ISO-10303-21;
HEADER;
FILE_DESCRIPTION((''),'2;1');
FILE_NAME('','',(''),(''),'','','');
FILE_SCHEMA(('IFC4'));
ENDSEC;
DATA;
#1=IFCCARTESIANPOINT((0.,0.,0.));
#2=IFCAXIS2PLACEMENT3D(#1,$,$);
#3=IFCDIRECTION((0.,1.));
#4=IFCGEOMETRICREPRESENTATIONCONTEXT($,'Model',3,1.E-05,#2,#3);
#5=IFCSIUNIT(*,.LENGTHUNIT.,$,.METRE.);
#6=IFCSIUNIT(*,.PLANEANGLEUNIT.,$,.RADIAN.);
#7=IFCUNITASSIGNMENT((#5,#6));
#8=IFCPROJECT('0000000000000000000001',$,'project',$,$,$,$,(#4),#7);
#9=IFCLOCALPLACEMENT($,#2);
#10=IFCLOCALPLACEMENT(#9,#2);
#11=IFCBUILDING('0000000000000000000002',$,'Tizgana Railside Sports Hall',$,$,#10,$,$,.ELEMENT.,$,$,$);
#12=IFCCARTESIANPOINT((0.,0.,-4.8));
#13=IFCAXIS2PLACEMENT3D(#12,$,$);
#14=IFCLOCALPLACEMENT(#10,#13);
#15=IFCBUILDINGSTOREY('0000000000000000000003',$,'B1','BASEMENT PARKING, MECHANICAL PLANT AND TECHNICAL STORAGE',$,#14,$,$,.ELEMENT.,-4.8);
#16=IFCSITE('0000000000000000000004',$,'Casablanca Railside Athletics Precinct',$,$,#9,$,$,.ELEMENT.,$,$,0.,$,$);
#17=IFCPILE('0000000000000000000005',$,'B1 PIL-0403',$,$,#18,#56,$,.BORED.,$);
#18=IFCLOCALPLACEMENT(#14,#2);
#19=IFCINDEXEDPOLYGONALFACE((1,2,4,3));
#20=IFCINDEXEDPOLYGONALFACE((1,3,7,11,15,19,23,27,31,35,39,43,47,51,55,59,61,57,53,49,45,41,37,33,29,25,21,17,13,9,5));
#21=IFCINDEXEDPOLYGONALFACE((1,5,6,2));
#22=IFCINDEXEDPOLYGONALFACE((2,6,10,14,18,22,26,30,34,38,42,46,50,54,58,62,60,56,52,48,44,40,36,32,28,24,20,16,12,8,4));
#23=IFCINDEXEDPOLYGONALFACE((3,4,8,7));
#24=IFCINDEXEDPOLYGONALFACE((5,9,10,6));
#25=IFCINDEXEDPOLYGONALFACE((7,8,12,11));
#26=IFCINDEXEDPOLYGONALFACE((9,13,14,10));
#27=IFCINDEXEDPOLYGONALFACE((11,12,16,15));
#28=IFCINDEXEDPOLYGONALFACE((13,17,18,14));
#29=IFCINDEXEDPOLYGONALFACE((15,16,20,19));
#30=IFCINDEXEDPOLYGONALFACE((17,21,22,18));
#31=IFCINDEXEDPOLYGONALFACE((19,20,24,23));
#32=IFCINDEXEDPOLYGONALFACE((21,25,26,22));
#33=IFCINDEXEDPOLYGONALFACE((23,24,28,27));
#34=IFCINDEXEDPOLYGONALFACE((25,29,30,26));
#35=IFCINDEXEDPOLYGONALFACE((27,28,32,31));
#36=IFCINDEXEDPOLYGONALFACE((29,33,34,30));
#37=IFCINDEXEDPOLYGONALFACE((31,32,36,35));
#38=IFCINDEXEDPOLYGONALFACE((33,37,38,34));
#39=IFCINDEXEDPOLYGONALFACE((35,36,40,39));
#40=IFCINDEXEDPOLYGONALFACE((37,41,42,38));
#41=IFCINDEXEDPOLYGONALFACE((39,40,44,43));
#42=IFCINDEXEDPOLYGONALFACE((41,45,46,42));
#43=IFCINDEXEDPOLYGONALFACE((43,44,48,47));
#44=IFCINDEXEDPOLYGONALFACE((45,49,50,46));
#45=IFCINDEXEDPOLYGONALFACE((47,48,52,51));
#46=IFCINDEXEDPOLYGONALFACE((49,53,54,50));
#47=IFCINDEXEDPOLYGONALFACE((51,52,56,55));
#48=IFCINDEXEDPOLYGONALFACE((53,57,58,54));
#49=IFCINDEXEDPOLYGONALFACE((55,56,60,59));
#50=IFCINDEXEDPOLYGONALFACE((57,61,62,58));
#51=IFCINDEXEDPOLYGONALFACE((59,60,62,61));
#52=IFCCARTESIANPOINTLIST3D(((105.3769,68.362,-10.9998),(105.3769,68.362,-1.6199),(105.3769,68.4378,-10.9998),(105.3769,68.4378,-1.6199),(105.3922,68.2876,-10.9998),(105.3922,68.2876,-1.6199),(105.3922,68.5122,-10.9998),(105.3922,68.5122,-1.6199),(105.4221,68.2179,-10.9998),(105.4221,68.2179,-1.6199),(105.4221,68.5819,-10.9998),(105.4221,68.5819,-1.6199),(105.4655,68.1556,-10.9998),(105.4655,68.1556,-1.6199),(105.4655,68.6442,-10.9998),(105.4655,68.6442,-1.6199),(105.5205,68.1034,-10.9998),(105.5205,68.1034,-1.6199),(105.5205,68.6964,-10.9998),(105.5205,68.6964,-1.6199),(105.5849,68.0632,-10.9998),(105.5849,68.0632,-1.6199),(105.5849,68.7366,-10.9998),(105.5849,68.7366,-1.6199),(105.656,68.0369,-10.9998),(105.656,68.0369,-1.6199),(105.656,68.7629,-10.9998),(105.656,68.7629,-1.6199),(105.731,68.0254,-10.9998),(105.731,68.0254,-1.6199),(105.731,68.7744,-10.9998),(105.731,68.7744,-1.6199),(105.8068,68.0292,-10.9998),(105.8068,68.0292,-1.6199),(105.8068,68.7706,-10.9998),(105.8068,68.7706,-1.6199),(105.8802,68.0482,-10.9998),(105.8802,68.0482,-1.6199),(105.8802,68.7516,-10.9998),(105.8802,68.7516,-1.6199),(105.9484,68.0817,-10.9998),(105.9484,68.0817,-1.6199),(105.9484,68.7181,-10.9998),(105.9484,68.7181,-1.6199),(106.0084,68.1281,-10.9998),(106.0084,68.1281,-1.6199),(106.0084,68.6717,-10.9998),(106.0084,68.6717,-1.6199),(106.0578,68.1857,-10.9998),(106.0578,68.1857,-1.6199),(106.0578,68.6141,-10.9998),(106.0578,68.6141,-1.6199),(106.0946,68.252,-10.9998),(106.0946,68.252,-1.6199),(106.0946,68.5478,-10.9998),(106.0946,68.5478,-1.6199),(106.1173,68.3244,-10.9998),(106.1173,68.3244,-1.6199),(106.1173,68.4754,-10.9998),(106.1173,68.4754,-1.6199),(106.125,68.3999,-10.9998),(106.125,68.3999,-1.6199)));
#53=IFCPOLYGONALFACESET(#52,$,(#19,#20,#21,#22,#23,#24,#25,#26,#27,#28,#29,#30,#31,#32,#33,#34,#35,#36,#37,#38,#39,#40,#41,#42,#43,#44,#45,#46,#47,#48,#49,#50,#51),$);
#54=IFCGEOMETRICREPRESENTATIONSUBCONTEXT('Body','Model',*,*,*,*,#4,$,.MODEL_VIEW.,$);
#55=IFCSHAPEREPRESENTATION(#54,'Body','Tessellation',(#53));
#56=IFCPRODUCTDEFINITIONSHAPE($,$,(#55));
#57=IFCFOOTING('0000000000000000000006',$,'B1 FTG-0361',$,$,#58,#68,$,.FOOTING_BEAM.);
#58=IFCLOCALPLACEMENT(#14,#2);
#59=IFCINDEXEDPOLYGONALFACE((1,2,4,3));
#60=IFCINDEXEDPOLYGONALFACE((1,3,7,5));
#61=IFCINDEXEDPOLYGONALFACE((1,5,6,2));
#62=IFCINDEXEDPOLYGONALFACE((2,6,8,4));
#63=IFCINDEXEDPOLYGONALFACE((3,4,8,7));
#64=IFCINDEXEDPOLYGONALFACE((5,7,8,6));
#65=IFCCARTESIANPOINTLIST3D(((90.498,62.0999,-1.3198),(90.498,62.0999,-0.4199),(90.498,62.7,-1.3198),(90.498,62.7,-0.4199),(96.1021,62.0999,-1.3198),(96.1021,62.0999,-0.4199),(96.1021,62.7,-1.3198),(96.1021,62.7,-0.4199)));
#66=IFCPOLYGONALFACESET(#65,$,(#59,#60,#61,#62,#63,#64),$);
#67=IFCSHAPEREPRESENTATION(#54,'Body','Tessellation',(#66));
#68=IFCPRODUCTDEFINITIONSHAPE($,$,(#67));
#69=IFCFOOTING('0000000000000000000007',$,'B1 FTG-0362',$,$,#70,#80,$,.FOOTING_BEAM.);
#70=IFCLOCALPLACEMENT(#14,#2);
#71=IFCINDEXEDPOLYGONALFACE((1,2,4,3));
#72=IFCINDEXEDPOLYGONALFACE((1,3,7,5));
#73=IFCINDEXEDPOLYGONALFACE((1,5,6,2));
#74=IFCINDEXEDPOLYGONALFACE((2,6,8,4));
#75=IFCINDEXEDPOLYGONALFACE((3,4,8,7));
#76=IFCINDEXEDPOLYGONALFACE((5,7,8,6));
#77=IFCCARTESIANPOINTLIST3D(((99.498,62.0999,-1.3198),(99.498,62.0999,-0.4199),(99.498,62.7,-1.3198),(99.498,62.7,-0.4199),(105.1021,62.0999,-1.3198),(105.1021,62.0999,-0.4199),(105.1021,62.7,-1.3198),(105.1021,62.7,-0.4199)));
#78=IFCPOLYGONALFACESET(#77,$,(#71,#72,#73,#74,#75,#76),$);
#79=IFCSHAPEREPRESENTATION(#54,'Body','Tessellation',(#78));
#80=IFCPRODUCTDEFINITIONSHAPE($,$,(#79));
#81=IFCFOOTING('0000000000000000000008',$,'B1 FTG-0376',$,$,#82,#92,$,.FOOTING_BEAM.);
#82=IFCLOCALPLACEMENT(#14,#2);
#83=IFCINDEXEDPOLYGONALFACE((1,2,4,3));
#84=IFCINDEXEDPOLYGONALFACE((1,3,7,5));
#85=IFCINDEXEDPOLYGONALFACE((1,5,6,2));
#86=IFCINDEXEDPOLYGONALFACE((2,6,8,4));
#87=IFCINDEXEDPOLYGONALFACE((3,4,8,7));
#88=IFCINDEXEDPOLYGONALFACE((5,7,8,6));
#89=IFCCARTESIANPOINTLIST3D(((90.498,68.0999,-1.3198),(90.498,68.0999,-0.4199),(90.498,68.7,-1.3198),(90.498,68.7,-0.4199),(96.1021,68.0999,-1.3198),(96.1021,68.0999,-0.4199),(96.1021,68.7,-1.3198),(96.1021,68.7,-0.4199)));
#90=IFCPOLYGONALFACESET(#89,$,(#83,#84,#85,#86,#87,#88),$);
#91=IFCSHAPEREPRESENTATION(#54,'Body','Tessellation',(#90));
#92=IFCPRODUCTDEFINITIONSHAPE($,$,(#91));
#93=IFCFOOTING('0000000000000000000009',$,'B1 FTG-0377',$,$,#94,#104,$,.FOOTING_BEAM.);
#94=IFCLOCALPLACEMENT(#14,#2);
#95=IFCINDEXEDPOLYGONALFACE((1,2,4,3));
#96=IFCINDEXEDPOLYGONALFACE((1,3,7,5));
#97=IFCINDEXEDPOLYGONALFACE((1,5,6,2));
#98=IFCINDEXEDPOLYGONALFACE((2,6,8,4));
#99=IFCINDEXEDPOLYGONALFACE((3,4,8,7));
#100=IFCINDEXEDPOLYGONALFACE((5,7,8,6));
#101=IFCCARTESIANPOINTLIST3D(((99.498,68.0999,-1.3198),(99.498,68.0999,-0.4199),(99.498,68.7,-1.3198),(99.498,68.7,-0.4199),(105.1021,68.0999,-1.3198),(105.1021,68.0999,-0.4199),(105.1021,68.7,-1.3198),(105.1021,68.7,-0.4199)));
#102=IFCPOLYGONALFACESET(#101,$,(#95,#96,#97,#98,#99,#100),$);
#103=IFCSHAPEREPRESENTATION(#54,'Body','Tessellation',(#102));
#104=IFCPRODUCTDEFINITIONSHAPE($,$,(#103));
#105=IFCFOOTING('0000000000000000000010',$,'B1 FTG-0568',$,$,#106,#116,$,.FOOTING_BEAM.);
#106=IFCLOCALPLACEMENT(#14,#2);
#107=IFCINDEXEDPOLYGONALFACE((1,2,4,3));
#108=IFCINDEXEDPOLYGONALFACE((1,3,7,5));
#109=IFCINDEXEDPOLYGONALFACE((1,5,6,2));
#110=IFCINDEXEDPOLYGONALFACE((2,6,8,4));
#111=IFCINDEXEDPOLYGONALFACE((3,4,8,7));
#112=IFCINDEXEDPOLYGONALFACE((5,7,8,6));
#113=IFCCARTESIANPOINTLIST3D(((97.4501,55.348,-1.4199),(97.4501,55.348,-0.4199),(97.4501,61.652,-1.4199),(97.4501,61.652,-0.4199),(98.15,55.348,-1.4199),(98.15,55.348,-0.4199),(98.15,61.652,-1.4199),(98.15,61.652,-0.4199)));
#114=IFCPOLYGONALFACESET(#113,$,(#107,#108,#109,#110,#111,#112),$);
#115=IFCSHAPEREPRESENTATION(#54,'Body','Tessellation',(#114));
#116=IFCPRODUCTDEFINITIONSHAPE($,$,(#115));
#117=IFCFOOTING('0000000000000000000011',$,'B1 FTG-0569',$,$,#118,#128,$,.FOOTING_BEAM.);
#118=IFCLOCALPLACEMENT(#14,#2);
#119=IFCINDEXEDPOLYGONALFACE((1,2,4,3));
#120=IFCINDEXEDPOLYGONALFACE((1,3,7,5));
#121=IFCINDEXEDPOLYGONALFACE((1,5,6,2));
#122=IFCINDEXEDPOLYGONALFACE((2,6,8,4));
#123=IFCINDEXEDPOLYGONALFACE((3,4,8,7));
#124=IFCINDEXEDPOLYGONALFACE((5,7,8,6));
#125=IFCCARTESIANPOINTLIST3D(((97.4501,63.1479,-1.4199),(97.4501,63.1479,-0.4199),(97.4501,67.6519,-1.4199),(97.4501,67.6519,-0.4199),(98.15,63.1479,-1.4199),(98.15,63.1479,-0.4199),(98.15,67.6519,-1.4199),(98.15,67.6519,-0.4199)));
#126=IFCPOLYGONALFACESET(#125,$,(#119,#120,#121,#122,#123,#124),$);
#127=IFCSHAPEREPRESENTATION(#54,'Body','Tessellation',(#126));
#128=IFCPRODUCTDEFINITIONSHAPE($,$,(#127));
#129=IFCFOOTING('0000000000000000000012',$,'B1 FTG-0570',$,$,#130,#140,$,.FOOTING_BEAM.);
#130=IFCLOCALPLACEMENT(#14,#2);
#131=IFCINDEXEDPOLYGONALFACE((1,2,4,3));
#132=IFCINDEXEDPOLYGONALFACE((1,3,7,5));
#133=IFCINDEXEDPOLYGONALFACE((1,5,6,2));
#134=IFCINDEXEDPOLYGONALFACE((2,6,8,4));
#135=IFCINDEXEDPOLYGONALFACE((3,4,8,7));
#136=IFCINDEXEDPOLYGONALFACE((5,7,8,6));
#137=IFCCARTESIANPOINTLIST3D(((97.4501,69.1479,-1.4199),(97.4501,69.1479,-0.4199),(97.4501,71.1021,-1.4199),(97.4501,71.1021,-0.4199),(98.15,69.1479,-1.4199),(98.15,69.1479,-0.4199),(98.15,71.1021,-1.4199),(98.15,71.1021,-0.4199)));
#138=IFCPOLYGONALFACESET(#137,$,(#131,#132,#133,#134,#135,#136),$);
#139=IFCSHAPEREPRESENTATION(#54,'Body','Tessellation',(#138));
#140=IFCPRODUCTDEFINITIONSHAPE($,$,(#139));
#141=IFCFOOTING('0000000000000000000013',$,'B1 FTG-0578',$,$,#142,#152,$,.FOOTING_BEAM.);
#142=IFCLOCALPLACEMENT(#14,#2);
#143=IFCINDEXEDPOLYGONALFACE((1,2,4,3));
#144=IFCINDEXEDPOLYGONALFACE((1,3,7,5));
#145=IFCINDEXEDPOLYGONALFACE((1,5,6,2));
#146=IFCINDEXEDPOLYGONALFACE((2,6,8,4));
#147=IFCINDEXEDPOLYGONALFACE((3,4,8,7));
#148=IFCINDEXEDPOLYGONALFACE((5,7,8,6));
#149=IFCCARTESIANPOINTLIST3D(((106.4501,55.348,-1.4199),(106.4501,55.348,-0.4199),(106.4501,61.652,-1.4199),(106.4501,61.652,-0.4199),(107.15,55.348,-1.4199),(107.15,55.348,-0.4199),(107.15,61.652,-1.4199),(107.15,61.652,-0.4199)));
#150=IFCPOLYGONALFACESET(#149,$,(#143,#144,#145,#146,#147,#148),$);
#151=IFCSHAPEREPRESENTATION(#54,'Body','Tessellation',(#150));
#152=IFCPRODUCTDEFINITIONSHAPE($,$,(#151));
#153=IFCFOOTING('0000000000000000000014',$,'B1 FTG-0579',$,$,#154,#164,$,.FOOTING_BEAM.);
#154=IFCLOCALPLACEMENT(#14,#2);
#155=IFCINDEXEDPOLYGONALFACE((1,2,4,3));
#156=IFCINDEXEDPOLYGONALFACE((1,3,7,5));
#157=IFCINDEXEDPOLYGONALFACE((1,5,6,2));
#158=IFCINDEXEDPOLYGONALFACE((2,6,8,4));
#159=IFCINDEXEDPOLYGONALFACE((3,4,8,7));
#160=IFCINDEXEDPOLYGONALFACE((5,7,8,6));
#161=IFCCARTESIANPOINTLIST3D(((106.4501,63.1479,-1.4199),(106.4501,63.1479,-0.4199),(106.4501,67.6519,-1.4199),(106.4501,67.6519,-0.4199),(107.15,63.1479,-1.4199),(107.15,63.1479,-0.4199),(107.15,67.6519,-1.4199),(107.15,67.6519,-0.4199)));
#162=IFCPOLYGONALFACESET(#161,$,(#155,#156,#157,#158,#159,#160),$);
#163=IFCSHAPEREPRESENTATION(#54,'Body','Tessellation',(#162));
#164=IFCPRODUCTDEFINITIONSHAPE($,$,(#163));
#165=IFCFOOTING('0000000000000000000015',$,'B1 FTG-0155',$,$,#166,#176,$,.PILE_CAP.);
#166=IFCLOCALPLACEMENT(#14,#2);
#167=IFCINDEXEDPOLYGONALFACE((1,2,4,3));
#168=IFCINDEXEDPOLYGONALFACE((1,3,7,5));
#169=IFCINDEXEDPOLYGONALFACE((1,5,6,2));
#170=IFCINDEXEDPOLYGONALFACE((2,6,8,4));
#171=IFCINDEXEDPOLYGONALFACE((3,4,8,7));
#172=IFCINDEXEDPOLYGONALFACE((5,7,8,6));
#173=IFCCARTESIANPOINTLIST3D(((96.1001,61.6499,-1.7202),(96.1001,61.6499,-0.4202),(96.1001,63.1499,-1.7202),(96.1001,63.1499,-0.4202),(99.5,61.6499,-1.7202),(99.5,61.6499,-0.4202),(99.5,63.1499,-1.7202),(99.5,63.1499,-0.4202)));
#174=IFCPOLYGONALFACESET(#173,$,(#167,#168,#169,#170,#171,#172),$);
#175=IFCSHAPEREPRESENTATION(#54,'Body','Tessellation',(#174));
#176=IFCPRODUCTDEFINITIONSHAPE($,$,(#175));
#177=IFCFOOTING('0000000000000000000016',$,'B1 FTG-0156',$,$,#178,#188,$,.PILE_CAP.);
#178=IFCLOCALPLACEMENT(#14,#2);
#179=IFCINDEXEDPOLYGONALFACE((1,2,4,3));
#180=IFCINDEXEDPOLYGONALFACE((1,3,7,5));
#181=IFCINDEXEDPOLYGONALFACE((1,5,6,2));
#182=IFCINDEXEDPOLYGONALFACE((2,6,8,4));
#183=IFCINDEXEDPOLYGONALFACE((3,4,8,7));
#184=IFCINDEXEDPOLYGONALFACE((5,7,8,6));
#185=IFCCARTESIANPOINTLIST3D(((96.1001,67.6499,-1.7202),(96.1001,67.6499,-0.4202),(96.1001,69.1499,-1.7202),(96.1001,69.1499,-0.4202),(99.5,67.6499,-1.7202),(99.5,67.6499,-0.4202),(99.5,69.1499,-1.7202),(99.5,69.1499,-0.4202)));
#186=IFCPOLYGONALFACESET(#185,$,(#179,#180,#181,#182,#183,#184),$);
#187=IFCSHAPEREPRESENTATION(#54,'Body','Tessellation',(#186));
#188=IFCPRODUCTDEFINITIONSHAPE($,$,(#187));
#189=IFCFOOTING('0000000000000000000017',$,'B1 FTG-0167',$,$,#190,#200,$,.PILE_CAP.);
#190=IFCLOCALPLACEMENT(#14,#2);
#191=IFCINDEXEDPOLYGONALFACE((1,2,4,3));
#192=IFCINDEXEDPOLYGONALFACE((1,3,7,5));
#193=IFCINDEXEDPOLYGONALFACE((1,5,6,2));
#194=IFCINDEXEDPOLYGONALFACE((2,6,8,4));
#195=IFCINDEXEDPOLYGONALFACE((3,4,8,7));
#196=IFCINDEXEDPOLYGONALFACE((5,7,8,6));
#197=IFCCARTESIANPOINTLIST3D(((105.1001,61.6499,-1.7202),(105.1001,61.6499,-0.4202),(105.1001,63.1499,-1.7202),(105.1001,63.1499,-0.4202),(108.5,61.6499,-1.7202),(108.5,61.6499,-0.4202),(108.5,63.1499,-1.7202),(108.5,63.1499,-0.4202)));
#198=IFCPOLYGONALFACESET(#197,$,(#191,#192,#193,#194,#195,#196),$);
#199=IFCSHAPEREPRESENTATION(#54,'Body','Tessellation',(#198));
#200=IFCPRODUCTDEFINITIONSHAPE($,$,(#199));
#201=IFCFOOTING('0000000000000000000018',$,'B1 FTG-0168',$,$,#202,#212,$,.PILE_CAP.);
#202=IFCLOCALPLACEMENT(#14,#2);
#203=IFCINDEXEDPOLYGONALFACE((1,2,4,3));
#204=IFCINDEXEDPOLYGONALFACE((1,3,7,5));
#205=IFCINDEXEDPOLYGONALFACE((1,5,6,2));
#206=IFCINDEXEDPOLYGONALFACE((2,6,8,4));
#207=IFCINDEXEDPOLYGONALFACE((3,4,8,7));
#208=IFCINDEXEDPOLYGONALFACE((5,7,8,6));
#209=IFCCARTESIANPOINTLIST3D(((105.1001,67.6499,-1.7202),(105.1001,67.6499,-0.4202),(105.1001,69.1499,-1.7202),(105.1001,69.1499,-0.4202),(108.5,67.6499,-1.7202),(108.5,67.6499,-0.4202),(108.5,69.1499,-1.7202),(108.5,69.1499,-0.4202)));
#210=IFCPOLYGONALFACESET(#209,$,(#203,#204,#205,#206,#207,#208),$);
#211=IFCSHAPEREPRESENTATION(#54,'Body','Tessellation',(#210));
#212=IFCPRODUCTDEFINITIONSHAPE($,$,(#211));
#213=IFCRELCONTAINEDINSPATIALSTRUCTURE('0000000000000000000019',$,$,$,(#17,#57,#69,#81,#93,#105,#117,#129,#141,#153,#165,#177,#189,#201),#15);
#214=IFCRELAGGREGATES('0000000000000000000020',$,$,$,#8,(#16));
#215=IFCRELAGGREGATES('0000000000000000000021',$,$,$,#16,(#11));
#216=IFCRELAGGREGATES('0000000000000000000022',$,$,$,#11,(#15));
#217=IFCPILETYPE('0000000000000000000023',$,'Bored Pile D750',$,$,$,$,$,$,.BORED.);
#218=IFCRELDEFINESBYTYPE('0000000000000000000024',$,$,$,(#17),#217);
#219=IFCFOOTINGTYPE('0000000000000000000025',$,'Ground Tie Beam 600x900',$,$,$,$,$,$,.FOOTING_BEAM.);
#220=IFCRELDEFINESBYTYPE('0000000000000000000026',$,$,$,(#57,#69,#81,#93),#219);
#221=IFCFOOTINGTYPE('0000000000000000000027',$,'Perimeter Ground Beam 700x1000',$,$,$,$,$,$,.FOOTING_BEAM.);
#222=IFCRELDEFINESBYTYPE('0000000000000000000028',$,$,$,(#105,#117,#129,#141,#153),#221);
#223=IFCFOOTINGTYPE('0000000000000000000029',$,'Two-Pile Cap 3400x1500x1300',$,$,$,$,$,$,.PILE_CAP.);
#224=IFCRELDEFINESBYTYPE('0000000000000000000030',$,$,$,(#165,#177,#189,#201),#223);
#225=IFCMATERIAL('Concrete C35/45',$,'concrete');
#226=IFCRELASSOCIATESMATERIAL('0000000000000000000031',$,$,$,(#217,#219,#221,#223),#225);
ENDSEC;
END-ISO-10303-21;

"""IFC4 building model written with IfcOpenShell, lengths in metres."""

from ifc_helpers import new_model, si_unit, direction, frame, origin, origin_2d, place, context, subcontext, project, spatial, rectangle, circle, extrude, material, material_profile, profile_set, type_object, element, save


model = new_model("IFC4")

# Units and contexts
model_context = context("Model", 3, precision=1e-05, world=origin(), true_north=direction((0.0, 1.0)))
body_context = subcontext(model_context, "Body", "Model", "MODEL_VIEW")
ifc_project = project(units=[si_unit("LENGTHUNIT", "METRE"), si_unit("PLANEANGLEUNIT", "RADIAN")], contexts=[model_context])

# Site, building, storey
site_placement = place(None, origin())
site = spatial("IfcSite", under=ifc_project, at=site_placement, Name="Casablanca Railside Athletics Precinct", CompositionType="ELEMENT", RefElevation=0.0)
building_placement = place(site_placement, origin())
building = spatial("IfcBuilding", under=site, at=building_placement, Name="Tizgana Railside Sports Hall", CompositionType="ELEMENT")
storey_placement = place(building_placement, frame((0.0, 0.0, -4.8)))
storey = spatial("IfcBuildingStorey", under=building, at=storey_placement, Name="B1", Description="BASEMENT PARKING, MECHANICAL PLANT AND TECHNICAL STORAGE", CompositionType="ELEMENT", Elevation=-4.8)

# Pile
ifc_material_1 = material(Name="Concrete C35/45", Category="concrete")
ifc_material_profile_1 = material_profile(ifc_material_1, circle(Radius=0.375, at=origin_2d()), Name="PILE D750")
ifc_profile_set_1 = profile_set([ifc_material_profile_1], Name="Concrete C35/45")
pile_type = type_object("IfcPileType", Name="Bored Pile D750", PredefinedType="BORED", material=ifc_profile_set_1)
for number, where, z_axis, x_axis, name in (
    (1, (105.75, 68.3999, -1.6199), (0.0, 0.0, -1.0), (1.0, 0.0, 0.0), "B1 PIL-0403"),
):
    element("IfcPile", number, at=place(storey_placement, frame(where, z_axis=z_axis, x_axis=x_axis)), inside=storey, type_object=pile_type, Name=name, PredefinedType="BORED", context=body_context, shape_type="SweptSolid", body=[
        extrude(circle(Radius=0.375, at=origin_2d()), origin(), (0.0, 0.0, 1.0), 9.3799),
    ])

# Footings
footing_type_1 = type_object("IfcFootingType", Name="Ground Tie Beam 600x900", PredefinedType="FOOTING_BEAM", material=ifc_material_1)
for number, where, z_axis, x_axis, name in (
    (2, (93.3, 62.3999, -1.3198), (0.0, 0.0, 1.0), (1.0, 0.0, 0.0), "B1 FTG-0361"),
    (3, (102.3, 62.3999, -1.3198), (0.0, 0.0, 1.0), (1.0, 0.0, 0.0), "B1 FTG-0362"),
    (4, (93.3, 68.3999, -1.3198), (0.0, 0.0, 1.0), (1.0, 0.0, 0.0), "B1 FTG-0376"),
    (5, (102.3, 68.3999, -1.3198), (0.0, 0.0, 1.0), (1.0, 0.0, 0.0), "B1 FTG-0377"),
):
    element("IfcFooting", number, at=place(storey_placement, frame(where, z_axis=z_axis, x_axis=x_axis)), inside=storey, type_object=footing_type_1, Name=name, PredefinedType="FOOTING_BEAM", context=body_context, shape_type="SweptSolid", body=[
        extrude(rectangle(XDim=5.604, YDim=0.6001, at=origin_2d()), origin(), (0.0, 0.0, 1.0), 0.8999),
    ])
footing_type_2 = type_object("IfcFootingType", Name="Perimeter Ground Beam 700x1000", PredefinedType="FOOTING_BEAM", material=ifc_material_1)
footing_1_placement = place(storey_placement, frame((97.8, 58.5, -1.4199), z_axis=(0.0, 0.0, 1.0), x_axis=(0.0, 1.0, 0.0)))
element("IfcFooting", 6, at=footing_1_placement, inside=storey, type_object=footing_type_2, Name="B1 FTG-0568", PredefinedType="FOOTING_BEAM", context=body_context, shape_type="SweptSolid", body=[
    extrude(rectangle(XDim=6.304, YDim=0.7, at=origin_2d()), origin(), (0.0, 0.0, 1.0), 1.0),
])
footing_2_placement = place(storey_placement, frame((97.8, 65.3999, -1.4199), z_axis=(0.0, 0.0, 1.0), x_axis=(0.0, 1.0, 0.0)))
element("IfcFooting", 7, at=footing_2_placement, inside=storey, type_object=footing_type_2, Name="B1 FTG-0569", PredefinedType="FOOTING_BEAM", context=body_context, shape_type="SweptSolid", body=[
    extrude(rectangle(XDim=4.5039, YDim=0.7, at=origin_2d()), origin(), (0.0, 0.0, 1.0), 1.0),
])
footing_3_placement = place(storey_placement, frame((97.8, 70.125, -1.4199), z_axis=(0.0, 0.0, 1.0), x_axis=(0.0, 1.0, 0.0)))
element("IfcFooting", 8, at=footing_3_placement, inside=storey, type_object=footing_type_2, Name="B1 FTG-0570", PredefinedType="FOOTING_BEAM", context=body_context, shape_type="SweptSolid", body=[
    extrude(rectangle(XDim=1.9541, YDim=0.7, at=origin_2d()), origin(), (0.0, 0.0, 1.0), 1.0),
])
footing_4_placement = place(storey_placement, frame((106.8, 58.5, -1.4199), z_axis=(0.0, 0.0, 1.0), x_axis=(0.0, 1.0, 0.0)))
element("IfcFooting", 9, at=footing_4_placement, inside=storey, type_object=footing_type_2, Name="B1 FTG-0578", PredefinedType="FOOTING_BEAM", context=body_context, shape_type="SweptSolid", body=[
    extrude(rectangle(XDim=6.304, YDim=0.7, at=origin_2d()), origin(), (0.0, 0.0, 1.0), 1.0),
])
footing_5_placement = place(storey_placement, frame((106.8, 65.3999, -1.4199), z_axis=(0.0, 0.0, 1.0), x_axis=(0.0, 1.0, 0.0)))
element("IfcFooting", 10, at=footing_5_placement, inside=storey, type_object=footing_type_2, Name="B1 FTG-0579", PredefinedType="FOOTING_BEAM", context=body_context, shape_type="SweptSolid", body=[
    extrude(rectangle(XDim=4.5039, YDim=0.7, at=origin_2d()), origin(), (0.0, 0.0, 1.0), 1.0),
])
footing_type_3 = type_object("IfcFootingType", Name="Two-Pile Cap 3400x1500x1300", PredefinedType="PILE_CAP", material=ifc_material_1)
for number, where, z_axis, x_axis, name in (
    (11, (97.8, 62.3999, -1.7202), (0.0, 0.0, 1.0), (1.0, 0.0, 0.0), "B1 FTG-0155"),
    (12, (97.8, 68.3999, -1.7202), (0.0, 0.0, 1.0), (1.0, 0.0, 0.0), "B1 FTG-0156"),
    (13, (106.8, 62.3999, -1.7202), (0.0, 0.0, 1.0), (1.0, 0.0, 0.0), "B1 FTG-0167"),
    (14, (106.8, 68.3999, -1.7202), (0.0, 0.0, 1.0), (1.0, 0.0, 0.0), "B1 FTG-0168"),
):
    element("IfcFooting", number, at=place(storey_placement, frame(where, z_axis=z_axis, x_axis=x_axis)), inside=storey, type_object=footing_type_3, Name=name, PredefinedType="PILE_CAP", context=body_context, shape_type="SweptSolid", body=[
        extrude(rectangle(XDim=3.3999, YDim=1.5, at=origin_2d()), origin(), (0.0, 0.0, 1.0), 1.3),
    ])

save(model, "model.ifc")
